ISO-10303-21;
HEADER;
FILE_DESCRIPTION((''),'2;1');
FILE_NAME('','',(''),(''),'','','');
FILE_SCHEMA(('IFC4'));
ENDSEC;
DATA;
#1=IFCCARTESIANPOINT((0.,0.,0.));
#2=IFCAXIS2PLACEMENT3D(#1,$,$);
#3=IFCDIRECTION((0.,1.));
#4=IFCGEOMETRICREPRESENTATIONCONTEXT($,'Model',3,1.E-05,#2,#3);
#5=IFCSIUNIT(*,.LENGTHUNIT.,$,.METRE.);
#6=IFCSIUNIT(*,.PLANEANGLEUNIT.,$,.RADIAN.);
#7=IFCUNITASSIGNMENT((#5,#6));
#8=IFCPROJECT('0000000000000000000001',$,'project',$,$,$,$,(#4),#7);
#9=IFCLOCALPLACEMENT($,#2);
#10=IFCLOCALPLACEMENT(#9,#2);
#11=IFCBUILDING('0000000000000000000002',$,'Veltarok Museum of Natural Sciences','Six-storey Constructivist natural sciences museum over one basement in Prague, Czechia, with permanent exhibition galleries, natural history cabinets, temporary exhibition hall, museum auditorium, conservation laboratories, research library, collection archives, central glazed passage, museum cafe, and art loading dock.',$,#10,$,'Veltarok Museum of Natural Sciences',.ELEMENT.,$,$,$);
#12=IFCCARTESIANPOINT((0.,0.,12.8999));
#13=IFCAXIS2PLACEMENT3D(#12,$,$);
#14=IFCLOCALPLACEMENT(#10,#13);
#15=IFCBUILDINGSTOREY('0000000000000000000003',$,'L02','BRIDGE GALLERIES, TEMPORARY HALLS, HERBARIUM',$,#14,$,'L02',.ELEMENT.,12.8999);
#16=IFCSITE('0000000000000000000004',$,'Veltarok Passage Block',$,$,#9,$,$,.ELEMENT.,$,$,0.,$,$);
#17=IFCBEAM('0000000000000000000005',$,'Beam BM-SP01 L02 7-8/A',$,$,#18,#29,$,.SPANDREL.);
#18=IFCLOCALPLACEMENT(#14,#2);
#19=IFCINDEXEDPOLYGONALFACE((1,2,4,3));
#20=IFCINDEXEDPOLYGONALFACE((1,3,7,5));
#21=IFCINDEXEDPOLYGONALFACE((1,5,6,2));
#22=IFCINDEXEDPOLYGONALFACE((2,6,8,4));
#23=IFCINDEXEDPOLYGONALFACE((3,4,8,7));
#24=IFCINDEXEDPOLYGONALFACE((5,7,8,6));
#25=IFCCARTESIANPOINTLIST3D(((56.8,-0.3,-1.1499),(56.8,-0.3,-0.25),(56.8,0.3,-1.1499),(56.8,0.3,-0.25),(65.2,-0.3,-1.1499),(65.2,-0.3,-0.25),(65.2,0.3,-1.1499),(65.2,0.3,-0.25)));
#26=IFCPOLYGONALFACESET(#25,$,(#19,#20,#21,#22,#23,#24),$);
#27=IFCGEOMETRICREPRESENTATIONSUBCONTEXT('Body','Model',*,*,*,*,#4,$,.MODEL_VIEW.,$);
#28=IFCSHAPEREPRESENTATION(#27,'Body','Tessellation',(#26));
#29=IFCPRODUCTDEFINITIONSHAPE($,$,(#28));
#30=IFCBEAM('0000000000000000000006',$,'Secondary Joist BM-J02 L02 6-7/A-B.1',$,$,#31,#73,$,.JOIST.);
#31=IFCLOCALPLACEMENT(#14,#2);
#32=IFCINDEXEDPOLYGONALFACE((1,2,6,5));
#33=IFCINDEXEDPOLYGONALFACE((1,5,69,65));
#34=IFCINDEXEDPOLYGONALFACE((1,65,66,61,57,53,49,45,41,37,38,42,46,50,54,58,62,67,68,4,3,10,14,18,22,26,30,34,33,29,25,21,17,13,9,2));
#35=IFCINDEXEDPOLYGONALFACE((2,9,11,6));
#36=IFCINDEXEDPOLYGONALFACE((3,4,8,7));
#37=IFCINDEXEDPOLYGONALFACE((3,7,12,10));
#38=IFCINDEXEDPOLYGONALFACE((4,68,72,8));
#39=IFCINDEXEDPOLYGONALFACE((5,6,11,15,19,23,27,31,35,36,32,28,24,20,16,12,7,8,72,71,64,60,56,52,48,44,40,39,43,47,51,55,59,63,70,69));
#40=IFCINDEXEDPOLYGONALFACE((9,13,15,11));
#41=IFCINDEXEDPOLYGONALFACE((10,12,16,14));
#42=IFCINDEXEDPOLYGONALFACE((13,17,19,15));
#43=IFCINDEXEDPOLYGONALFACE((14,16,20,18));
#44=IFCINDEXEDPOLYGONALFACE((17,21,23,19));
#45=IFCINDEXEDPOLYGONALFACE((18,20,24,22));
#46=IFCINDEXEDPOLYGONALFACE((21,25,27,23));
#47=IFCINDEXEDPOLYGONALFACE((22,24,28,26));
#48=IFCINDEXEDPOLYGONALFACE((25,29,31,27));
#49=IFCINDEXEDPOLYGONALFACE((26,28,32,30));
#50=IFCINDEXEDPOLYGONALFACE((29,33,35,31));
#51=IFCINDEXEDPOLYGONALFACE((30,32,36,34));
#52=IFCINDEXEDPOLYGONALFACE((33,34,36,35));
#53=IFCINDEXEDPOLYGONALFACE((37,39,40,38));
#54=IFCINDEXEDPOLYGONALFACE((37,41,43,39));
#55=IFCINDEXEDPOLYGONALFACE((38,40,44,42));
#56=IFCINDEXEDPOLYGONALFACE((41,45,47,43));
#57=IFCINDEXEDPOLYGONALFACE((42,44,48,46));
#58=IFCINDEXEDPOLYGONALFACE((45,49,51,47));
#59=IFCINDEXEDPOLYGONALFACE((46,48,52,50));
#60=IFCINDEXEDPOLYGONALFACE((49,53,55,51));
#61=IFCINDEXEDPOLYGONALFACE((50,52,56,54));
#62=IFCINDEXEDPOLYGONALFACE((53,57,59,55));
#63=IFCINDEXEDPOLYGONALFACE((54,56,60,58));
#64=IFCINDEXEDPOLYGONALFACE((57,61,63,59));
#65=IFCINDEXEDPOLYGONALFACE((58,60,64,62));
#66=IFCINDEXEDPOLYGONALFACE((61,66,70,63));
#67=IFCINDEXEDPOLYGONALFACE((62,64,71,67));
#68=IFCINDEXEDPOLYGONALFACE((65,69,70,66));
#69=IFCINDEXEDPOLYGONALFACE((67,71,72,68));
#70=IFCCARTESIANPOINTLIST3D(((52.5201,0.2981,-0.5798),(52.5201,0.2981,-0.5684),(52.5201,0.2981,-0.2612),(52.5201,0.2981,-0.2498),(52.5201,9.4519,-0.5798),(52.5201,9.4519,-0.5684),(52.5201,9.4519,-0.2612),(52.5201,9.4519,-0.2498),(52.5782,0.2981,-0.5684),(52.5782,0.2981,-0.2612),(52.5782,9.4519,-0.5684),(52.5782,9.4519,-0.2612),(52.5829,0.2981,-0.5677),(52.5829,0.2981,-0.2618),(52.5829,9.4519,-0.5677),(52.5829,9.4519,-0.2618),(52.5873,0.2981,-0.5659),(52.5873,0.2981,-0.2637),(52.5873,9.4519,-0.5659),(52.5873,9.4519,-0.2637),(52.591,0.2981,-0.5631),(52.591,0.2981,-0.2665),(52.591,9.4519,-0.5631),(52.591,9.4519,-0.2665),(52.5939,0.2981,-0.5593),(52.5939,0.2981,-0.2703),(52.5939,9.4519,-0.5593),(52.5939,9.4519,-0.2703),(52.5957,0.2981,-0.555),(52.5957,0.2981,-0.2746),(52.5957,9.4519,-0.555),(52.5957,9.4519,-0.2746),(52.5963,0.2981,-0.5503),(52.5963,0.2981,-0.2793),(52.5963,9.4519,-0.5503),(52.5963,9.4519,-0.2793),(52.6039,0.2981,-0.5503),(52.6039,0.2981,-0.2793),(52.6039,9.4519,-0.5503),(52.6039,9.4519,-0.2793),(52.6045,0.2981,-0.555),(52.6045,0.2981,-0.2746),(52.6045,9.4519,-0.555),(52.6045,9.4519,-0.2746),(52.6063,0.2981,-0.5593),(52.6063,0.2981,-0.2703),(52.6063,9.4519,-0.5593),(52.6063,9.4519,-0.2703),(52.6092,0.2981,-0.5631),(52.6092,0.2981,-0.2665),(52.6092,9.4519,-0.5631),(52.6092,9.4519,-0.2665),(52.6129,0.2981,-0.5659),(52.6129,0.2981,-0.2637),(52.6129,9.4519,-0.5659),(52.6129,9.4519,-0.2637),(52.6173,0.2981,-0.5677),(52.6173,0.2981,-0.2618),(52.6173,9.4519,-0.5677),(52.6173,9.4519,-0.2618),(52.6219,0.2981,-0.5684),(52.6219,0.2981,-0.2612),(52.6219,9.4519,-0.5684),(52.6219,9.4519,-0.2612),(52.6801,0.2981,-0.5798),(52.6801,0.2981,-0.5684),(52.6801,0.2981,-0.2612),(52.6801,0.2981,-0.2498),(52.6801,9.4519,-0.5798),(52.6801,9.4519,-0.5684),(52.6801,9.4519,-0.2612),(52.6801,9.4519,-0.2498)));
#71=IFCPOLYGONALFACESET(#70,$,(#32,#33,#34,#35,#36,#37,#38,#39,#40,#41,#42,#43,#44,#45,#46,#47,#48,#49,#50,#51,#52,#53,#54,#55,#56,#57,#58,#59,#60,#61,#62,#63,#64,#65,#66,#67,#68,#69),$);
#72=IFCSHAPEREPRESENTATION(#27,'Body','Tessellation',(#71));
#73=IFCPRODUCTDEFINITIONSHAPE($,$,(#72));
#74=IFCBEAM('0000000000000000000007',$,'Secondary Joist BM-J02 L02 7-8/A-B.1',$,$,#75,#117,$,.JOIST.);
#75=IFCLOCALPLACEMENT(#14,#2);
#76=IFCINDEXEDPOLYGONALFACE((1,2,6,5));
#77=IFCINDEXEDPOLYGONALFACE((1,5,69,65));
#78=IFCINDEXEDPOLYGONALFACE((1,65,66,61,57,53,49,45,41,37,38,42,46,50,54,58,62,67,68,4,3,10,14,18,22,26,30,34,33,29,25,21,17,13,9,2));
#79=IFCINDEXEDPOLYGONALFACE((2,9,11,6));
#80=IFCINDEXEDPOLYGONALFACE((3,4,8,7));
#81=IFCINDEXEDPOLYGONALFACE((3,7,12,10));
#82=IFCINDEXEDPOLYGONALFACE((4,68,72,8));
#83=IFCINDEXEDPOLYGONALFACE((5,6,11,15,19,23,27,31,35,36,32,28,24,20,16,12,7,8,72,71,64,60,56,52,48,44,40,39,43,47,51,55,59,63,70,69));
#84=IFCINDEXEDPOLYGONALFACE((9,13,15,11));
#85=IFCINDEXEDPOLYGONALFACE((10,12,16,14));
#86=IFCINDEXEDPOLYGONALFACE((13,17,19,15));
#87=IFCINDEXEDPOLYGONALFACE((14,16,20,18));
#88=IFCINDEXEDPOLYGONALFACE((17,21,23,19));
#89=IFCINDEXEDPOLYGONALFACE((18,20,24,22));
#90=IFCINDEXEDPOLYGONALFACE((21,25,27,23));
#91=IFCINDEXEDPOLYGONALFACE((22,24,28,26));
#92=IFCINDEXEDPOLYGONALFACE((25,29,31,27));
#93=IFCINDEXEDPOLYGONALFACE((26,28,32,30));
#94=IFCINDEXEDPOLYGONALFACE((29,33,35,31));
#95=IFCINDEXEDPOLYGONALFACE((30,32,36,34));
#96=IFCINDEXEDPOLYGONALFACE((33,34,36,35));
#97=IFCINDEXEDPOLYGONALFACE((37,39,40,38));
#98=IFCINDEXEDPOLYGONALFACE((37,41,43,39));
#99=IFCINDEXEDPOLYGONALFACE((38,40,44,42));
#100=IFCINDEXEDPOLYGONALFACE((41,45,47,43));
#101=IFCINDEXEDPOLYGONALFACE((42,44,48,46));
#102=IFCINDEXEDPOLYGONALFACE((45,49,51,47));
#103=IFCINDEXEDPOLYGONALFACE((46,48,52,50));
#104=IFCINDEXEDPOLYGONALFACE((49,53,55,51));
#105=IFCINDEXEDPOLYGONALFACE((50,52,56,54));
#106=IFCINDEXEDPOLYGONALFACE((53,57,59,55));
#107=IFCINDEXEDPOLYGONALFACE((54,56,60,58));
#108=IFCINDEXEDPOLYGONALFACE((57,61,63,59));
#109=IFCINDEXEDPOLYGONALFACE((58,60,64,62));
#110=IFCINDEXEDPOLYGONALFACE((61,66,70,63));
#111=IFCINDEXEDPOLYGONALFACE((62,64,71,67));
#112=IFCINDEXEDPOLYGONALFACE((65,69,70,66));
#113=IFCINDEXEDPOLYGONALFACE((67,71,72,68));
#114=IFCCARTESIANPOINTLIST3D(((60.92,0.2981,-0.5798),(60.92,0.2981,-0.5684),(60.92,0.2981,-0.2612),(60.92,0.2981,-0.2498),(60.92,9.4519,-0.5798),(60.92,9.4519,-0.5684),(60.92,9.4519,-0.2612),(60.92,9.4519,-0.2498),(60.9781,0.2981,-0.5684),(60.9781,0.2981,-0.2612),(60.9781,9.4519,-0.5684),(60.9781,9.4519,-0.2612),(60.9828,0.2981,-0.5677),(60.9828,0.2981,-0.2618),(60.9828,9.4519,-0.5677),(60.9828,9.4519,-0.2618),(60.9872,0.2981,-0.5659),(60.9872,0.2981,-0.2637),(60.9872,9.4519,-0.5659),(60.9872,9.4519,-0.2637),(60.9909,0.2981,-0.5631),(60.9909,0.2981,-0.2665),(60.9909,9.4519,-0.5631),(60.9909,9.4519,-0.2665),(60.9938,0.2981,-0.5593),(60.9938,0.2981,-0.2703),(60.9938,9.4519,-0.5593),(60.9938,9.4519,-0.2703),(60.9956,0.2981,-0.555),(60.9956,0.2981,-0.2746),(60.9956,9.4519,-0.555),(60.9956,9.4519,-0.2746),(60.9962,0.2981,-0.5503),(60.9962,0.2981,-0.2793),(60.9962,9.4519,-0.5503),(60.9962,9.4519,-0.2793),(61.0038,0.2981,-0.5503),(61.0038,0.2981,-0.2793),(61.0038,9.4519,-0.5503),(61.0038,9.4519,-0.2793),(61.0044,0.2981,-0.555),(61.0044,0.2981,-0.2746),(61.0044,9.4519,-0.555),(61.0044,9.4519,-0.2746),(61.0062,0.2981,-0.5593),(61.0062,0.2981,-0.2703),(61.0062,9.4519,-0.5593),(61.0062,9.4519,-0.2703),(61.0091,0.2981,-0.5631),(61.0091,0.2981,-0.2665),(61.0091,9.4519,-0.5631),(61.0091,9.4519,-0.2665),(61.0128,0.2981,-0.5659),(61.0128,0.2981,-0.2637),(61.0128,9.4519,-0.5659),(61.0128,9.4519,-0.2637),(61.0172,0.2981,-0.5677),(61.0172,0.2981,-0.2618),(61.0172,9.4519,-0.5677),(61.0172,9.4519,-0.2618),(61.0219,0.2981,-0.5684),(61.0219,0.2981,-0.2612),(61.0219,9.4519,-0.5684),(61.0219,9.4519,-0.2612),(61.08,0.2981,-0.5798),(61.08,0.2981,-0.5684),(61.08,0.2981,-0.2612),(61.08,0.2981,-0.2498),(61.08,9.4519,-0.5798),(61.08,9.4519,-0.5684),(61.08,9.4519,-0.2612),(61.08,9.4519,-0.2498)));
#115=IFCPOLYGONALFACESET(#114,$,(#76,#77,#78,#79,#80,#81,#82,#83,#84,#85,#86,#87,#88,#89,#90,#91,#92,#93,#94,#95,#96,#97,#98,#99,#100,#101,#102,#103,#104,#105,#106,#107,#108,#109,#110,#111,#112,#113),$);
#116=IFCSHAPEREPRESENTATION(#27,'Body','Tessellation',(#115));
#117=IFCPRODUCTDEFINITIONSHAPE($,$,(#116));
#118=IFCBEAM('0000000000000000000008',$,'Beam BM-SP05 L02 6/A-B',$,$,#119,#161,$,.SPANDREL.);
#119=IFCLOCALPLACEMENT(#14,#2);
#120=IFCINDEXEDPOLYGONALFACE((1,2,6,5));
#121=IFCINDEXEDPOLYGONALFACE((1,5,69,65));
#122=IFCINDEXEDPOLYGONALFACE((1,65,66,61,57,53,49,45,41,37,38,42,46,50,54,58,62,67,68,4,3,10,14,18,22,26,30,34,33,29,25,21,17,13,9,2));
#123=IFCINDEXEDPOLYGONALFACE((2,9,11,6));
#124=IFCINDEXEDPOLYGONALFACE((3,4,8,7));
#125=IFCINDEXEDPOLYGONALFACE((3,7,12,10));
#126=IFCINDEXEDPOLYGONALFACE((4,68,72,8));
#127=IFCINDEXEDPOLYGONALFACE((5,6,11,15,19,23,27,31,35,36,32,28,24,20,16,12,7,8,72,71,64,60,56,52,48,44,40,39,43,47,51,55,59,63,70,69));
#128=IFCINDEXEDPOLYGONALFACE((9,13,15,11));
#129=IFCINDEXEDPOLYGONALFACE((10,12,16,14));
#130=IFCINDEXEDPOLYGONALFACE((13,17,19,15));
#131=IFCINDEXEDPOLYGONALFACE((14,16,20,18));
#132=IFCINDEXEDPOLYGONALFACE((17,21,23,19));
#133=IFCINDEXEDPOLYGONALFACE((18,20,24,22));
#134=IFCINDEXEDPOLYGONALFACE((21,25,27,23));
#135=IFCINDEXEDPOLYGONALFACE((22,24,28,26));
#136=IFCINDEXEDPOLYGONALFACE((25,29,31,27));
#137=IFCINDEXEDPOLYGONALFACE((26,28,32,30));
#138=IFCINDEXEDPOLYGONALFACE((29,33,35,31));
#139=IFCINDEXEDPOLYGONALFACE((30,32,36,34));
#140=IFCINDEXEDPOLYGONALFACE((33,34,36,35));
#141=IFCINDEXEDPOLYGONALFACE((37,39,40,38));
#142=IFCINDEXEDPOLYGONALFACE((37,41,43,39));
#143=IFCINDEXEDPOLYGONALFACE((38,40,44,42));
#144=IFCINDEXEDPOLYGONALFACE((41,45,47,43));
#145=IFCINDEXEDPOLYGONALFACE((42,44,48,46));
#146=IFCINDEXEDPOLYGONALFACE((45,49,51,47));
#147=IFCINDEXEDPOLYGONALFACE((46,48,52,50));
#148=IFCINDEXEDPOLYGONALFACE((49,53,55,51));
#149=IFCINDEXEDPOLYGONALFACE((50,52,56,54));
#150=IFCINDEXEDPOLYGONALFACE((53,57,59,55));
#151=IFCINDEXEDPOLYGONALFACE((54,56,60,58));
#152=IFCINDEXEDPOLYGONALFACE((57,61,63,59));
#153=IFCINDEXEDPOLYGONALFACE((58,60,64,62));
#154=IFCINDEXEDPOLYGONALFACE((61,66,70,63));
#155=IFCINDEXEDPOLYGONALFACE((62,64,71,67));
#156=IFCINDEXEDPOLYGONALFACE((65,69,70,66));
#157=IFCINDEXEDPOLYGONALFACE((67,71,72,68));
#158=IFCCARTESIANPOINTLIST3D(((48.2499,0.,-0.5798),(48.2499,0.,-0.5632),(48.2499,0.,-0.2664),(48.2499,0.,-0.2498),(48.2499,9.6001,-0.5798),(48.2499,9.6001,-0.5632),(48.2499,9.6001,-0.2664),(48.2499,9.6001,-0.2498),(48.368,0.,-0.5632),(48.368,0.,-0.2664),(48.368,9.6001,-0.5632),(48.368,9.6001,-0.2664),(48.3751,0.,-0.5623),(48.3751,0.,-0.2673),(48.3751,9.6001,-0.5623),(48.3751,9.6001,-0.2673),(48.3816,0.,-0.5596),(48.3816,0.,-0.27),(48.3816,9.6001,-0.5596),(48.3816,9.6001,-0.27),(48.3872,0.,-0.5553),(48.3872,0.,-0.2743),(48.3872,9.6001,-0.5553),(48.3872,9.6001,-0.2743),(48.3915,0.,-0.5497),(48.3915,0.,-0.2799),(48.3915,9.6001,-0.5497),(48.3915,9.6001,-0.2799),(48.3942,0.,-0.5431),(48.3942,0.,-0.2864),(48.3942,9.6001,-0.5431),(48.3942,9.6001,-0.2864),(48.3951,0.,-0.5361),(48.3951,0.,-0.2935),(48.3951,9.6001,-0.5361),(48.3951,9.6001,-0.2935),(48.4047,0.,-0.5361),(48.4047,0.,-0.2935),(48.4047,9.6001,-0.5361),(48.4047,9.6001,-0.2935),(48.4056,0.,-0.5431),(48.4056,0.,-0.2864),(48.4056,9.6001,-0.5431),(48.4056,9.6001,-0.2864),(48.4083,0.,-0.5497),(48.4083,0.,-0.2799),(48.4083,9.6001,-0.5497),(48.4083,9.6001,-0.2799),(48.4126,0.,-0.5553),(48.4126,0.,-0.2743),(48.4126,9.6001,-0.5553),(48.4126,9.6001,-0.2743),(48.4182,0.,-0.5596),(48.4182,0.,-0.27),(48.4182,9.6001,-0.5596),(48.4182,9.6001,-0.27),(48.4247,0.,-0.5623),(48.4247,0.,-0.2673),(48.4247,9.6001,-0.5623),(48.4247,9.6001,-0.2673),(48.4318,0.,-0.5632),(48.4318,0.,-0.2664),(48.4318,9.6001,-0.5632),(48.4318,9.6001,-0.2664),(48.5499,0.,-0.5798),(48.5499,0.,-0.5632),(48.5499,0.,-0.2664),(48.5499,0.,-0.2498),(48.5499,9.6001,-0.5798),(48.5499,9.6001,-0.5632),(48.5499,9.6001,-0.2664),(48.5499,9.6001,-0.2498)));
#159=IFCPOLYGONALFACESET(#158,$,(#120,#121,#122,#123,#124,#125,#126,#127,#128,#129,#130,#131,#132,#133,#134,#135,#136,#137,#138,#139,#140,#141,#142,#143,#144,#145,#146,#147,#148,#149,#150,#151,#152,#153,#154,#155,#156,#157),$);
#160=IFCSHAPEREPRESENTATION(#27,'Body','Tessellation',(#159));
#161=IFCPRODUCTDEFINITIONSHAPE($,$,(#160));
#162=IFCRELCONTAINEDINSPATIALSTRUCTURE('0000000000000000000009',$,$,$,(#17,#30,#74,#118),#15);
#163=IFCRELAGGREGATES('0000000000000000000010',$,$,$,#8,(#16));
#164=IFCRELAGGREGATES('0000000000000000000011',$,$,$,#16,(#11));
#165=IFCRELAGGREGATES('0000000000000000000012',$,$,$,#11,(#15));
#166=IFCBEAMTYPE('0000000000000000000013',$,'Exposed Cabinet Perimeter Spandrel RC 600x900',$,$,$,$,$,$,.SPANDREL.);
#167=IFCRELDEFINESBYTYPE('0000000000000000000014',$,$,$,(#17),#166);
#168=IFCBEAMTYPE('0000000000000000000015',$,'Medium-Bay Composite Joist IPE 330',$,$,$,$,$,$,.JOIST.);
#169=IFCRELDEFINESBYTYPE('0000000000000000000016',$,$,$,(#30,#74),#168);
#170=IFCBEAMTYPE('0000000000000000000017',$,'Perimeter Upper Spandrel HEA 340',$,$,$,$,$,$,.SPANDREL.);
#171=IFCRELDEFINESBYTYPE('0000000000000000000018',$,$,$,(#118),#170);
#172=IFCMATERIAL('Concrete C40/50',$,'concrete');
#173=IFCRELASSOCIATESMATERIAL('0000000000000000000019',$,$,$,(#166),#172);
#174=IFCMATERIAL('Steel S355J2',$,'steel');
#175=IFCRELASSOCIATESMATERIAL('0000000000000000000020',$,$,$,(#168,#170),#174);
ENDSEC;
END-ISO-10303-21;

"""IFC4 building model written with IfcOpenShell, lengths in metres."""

from ifc_helpers import new_model, si_unit, direction, frame, origin, origin_2d, place, context, subcontext, project, spatial, rectangle, i_section, extrude, material, material_profile, profile_set, type_object, element, save


model = new_model("IFC4")

# Units and contexts
model_context = context("Model", 3, precision=1e-05, world=origin(), true_north=direction((0.0, 1.0)))
body_context = subcontext(model_context, "Body", "Model", "MODEL_VIEW")
ifc_project = project(units=[si_unit("LENGTHUNIT", "METRE"), si_unit("PLANEANGLEUNIT", "RADIAN")], contexts=[model_context])

# Site, building, storey
site_placement = place(None, origin())
site = spatial("IfcSite", under=ifc_project, at=site_placement, Name="Veltarok Passage Block", CompositionType="ELEMENT", RefElevation=0.0)
building_placement = place(site_placement, origin())
building = spatial("IfcBuilding", under=site, at=building_placement, Name="Veltarok Museum of Natural Sciences", Description="Six-storey Constructivist natural sciences museum over one basement in Prague, Czechia, with permanent exhibition galleries, natural history cabinets, temporary exhibition hall, museum auditorium, conservation laboratories, research library, collection archives, central glazed passage, museum cafe, and art loading dock.", LongName="Veltarok Museum of Natural Sciences", CompositionType="ELEMENT")
storey_placement = place(building_placement, frame((0.0, 0.0, 12.8999)))
storey = spatial("IfcBuildingStorey", under=building, at=storey_placement, Name="L02", Description="BRIDGE GALLERIES, TEMPORARY HALLS, HERBARIUM", LongName="L02", CompositionType="ELEMENT", Elevation=12.8999)

# Shared definitions
ifc_material_1 = material(Name="Concrete C40/50", Category="concrete")

# Shared definitions
ifc_material_2 = material(Name="Steel S355J2", Category="steel")

# Beams
ifc_material_profile_1 = material_profile(ifc_material_1, rectangle(XDim=0.6001, YDim=0.8999, at=origin_2d()), Name="RC 600x900")
ifc_profile_set_1 = profile_set([ifc_material_profile_1], Name="Concrete C40/50")
beam_type_1 = type_object("IfcBeamType", Name="Exposed Cabinet Perimeter Spandrel RC 600x900", PredefinedType="SPANDREL", material=ifc_profile_set_1)
beam_1_placement = place(storey_placement, frame((56.8, 0.0, -0.7), z_axis=(1.0, 0.0, 0.0), x_axis=(0.0, 1.0, 0.0)))
element("IfcBeam", 1, at=beam_1_placement, inside=storey, type_object=beam_type_1, Name="Beam BM-SP01 L02 7-8/A", PredefinedType="SPANDREL", context=body_context, shape_type="SweptSolid", body=[
    extrude(rectangle(XDim=0.6001, YDim=0.8999, at=origin_2d()), origin(), (0.0, 0.0, 1.0), 8.3999),
])
ifc_material_profile_2 = material_profile(ifc_material_2, i_section(OverallWidth=0.1599, OverallDepth=0.3301, WebThickness=0.0076, FlangeThickness=0.0115, FilletRadius=0.0181, at=origin_2d()), Name="IPE 330")
ifc_profile_set_2 = profile_set([ifc_material_profile_2], Name="Steel S355J2")
beam_type_2 = type_object("IfcBeamType", Name="Medium-Bay Composite Joist IPE 330", PredefinedType="JOIST", material=ifc_profile_set_2)
for number, where, z_axis, x_axis, name in (
    (2, (52.6001, 0.2981, -0.4148), (0.0, 1.0, 0.0), (-1.0, 0.0, 0.0), "Secondary Joist BM-J02 L02 6-7/A-B.1"),
    (3, (61.0, 0.2981, -0.4148), (0.0, 1.0, 0.0), (-1.0, 0.0, 0.0), "Secondary Joist BM-J02 L02 7-8/A-B.1"),
):
    element("IfcBeam", number, at=place(storey_placement, frame(where, z_axis=z_axis, x_axis=x_axis)), inside=storey, type_object=beam_type_2, Name=name, PredefinedType="JOIST", context=body_context, shape_type="SweptSolid", body=[
        extrude(i_section(OverallWidth=0.1599, OverallDepth=0.3301, WebThickness=0.0076, FlangeThickness=0.0115, FilletRadius=0.0181, at=origin_2d()), origin(), (0.0, 0.0, 1.0), 9.1538),
    ])
ifc_material_profile_3 = material_profile(ifc_material_2, i_section(OverallWidth=0.3, OverallDepth=0.3301, WebThickness=0.0095, FlangeThickness=0.0166, FilletRadius=0.0271, at=origin_2d()), Name="HEA 340")
ifc_profile_set_3 = profile_set([ifc_material_profile_3], Name="Steel S355J2")
beam_type_3 = type_object("IfcBeamType", Name="Perimeter Upper Spandrel HEA 340", PredefinedType="SPANDREL", material=ifc_profile_set_3)
for number, where, z_axis, x_axis, name in (
    (4, (48.3999, 0.0, -0.4148), (0.0, 1.0, 0.0), (-1.0, 0.0, 0.0), "Beam BM-SP05 L02 6/A-B"),
):
    element("IfcBeam", number, at=place(storey_placement, frame(where, z_axis=z_axis, x_axis=x_axis)), inside=storey, type_object=beam_type_3, Name=name, PredefinedType="SPANDREL", context=body_context, shape_type="SweptSolid", body=[
        extrude(i_section(OverallWidth=0.3, OverallDepth=0.3301, WebThickness=0.0095, FlangeThickness=0.0166, FilletRadius=0.0271, at=origin_2d()), origin(), (0.0, 0.0, 1.0), 9.6001),
    ])

save(model, "model.ifc")
